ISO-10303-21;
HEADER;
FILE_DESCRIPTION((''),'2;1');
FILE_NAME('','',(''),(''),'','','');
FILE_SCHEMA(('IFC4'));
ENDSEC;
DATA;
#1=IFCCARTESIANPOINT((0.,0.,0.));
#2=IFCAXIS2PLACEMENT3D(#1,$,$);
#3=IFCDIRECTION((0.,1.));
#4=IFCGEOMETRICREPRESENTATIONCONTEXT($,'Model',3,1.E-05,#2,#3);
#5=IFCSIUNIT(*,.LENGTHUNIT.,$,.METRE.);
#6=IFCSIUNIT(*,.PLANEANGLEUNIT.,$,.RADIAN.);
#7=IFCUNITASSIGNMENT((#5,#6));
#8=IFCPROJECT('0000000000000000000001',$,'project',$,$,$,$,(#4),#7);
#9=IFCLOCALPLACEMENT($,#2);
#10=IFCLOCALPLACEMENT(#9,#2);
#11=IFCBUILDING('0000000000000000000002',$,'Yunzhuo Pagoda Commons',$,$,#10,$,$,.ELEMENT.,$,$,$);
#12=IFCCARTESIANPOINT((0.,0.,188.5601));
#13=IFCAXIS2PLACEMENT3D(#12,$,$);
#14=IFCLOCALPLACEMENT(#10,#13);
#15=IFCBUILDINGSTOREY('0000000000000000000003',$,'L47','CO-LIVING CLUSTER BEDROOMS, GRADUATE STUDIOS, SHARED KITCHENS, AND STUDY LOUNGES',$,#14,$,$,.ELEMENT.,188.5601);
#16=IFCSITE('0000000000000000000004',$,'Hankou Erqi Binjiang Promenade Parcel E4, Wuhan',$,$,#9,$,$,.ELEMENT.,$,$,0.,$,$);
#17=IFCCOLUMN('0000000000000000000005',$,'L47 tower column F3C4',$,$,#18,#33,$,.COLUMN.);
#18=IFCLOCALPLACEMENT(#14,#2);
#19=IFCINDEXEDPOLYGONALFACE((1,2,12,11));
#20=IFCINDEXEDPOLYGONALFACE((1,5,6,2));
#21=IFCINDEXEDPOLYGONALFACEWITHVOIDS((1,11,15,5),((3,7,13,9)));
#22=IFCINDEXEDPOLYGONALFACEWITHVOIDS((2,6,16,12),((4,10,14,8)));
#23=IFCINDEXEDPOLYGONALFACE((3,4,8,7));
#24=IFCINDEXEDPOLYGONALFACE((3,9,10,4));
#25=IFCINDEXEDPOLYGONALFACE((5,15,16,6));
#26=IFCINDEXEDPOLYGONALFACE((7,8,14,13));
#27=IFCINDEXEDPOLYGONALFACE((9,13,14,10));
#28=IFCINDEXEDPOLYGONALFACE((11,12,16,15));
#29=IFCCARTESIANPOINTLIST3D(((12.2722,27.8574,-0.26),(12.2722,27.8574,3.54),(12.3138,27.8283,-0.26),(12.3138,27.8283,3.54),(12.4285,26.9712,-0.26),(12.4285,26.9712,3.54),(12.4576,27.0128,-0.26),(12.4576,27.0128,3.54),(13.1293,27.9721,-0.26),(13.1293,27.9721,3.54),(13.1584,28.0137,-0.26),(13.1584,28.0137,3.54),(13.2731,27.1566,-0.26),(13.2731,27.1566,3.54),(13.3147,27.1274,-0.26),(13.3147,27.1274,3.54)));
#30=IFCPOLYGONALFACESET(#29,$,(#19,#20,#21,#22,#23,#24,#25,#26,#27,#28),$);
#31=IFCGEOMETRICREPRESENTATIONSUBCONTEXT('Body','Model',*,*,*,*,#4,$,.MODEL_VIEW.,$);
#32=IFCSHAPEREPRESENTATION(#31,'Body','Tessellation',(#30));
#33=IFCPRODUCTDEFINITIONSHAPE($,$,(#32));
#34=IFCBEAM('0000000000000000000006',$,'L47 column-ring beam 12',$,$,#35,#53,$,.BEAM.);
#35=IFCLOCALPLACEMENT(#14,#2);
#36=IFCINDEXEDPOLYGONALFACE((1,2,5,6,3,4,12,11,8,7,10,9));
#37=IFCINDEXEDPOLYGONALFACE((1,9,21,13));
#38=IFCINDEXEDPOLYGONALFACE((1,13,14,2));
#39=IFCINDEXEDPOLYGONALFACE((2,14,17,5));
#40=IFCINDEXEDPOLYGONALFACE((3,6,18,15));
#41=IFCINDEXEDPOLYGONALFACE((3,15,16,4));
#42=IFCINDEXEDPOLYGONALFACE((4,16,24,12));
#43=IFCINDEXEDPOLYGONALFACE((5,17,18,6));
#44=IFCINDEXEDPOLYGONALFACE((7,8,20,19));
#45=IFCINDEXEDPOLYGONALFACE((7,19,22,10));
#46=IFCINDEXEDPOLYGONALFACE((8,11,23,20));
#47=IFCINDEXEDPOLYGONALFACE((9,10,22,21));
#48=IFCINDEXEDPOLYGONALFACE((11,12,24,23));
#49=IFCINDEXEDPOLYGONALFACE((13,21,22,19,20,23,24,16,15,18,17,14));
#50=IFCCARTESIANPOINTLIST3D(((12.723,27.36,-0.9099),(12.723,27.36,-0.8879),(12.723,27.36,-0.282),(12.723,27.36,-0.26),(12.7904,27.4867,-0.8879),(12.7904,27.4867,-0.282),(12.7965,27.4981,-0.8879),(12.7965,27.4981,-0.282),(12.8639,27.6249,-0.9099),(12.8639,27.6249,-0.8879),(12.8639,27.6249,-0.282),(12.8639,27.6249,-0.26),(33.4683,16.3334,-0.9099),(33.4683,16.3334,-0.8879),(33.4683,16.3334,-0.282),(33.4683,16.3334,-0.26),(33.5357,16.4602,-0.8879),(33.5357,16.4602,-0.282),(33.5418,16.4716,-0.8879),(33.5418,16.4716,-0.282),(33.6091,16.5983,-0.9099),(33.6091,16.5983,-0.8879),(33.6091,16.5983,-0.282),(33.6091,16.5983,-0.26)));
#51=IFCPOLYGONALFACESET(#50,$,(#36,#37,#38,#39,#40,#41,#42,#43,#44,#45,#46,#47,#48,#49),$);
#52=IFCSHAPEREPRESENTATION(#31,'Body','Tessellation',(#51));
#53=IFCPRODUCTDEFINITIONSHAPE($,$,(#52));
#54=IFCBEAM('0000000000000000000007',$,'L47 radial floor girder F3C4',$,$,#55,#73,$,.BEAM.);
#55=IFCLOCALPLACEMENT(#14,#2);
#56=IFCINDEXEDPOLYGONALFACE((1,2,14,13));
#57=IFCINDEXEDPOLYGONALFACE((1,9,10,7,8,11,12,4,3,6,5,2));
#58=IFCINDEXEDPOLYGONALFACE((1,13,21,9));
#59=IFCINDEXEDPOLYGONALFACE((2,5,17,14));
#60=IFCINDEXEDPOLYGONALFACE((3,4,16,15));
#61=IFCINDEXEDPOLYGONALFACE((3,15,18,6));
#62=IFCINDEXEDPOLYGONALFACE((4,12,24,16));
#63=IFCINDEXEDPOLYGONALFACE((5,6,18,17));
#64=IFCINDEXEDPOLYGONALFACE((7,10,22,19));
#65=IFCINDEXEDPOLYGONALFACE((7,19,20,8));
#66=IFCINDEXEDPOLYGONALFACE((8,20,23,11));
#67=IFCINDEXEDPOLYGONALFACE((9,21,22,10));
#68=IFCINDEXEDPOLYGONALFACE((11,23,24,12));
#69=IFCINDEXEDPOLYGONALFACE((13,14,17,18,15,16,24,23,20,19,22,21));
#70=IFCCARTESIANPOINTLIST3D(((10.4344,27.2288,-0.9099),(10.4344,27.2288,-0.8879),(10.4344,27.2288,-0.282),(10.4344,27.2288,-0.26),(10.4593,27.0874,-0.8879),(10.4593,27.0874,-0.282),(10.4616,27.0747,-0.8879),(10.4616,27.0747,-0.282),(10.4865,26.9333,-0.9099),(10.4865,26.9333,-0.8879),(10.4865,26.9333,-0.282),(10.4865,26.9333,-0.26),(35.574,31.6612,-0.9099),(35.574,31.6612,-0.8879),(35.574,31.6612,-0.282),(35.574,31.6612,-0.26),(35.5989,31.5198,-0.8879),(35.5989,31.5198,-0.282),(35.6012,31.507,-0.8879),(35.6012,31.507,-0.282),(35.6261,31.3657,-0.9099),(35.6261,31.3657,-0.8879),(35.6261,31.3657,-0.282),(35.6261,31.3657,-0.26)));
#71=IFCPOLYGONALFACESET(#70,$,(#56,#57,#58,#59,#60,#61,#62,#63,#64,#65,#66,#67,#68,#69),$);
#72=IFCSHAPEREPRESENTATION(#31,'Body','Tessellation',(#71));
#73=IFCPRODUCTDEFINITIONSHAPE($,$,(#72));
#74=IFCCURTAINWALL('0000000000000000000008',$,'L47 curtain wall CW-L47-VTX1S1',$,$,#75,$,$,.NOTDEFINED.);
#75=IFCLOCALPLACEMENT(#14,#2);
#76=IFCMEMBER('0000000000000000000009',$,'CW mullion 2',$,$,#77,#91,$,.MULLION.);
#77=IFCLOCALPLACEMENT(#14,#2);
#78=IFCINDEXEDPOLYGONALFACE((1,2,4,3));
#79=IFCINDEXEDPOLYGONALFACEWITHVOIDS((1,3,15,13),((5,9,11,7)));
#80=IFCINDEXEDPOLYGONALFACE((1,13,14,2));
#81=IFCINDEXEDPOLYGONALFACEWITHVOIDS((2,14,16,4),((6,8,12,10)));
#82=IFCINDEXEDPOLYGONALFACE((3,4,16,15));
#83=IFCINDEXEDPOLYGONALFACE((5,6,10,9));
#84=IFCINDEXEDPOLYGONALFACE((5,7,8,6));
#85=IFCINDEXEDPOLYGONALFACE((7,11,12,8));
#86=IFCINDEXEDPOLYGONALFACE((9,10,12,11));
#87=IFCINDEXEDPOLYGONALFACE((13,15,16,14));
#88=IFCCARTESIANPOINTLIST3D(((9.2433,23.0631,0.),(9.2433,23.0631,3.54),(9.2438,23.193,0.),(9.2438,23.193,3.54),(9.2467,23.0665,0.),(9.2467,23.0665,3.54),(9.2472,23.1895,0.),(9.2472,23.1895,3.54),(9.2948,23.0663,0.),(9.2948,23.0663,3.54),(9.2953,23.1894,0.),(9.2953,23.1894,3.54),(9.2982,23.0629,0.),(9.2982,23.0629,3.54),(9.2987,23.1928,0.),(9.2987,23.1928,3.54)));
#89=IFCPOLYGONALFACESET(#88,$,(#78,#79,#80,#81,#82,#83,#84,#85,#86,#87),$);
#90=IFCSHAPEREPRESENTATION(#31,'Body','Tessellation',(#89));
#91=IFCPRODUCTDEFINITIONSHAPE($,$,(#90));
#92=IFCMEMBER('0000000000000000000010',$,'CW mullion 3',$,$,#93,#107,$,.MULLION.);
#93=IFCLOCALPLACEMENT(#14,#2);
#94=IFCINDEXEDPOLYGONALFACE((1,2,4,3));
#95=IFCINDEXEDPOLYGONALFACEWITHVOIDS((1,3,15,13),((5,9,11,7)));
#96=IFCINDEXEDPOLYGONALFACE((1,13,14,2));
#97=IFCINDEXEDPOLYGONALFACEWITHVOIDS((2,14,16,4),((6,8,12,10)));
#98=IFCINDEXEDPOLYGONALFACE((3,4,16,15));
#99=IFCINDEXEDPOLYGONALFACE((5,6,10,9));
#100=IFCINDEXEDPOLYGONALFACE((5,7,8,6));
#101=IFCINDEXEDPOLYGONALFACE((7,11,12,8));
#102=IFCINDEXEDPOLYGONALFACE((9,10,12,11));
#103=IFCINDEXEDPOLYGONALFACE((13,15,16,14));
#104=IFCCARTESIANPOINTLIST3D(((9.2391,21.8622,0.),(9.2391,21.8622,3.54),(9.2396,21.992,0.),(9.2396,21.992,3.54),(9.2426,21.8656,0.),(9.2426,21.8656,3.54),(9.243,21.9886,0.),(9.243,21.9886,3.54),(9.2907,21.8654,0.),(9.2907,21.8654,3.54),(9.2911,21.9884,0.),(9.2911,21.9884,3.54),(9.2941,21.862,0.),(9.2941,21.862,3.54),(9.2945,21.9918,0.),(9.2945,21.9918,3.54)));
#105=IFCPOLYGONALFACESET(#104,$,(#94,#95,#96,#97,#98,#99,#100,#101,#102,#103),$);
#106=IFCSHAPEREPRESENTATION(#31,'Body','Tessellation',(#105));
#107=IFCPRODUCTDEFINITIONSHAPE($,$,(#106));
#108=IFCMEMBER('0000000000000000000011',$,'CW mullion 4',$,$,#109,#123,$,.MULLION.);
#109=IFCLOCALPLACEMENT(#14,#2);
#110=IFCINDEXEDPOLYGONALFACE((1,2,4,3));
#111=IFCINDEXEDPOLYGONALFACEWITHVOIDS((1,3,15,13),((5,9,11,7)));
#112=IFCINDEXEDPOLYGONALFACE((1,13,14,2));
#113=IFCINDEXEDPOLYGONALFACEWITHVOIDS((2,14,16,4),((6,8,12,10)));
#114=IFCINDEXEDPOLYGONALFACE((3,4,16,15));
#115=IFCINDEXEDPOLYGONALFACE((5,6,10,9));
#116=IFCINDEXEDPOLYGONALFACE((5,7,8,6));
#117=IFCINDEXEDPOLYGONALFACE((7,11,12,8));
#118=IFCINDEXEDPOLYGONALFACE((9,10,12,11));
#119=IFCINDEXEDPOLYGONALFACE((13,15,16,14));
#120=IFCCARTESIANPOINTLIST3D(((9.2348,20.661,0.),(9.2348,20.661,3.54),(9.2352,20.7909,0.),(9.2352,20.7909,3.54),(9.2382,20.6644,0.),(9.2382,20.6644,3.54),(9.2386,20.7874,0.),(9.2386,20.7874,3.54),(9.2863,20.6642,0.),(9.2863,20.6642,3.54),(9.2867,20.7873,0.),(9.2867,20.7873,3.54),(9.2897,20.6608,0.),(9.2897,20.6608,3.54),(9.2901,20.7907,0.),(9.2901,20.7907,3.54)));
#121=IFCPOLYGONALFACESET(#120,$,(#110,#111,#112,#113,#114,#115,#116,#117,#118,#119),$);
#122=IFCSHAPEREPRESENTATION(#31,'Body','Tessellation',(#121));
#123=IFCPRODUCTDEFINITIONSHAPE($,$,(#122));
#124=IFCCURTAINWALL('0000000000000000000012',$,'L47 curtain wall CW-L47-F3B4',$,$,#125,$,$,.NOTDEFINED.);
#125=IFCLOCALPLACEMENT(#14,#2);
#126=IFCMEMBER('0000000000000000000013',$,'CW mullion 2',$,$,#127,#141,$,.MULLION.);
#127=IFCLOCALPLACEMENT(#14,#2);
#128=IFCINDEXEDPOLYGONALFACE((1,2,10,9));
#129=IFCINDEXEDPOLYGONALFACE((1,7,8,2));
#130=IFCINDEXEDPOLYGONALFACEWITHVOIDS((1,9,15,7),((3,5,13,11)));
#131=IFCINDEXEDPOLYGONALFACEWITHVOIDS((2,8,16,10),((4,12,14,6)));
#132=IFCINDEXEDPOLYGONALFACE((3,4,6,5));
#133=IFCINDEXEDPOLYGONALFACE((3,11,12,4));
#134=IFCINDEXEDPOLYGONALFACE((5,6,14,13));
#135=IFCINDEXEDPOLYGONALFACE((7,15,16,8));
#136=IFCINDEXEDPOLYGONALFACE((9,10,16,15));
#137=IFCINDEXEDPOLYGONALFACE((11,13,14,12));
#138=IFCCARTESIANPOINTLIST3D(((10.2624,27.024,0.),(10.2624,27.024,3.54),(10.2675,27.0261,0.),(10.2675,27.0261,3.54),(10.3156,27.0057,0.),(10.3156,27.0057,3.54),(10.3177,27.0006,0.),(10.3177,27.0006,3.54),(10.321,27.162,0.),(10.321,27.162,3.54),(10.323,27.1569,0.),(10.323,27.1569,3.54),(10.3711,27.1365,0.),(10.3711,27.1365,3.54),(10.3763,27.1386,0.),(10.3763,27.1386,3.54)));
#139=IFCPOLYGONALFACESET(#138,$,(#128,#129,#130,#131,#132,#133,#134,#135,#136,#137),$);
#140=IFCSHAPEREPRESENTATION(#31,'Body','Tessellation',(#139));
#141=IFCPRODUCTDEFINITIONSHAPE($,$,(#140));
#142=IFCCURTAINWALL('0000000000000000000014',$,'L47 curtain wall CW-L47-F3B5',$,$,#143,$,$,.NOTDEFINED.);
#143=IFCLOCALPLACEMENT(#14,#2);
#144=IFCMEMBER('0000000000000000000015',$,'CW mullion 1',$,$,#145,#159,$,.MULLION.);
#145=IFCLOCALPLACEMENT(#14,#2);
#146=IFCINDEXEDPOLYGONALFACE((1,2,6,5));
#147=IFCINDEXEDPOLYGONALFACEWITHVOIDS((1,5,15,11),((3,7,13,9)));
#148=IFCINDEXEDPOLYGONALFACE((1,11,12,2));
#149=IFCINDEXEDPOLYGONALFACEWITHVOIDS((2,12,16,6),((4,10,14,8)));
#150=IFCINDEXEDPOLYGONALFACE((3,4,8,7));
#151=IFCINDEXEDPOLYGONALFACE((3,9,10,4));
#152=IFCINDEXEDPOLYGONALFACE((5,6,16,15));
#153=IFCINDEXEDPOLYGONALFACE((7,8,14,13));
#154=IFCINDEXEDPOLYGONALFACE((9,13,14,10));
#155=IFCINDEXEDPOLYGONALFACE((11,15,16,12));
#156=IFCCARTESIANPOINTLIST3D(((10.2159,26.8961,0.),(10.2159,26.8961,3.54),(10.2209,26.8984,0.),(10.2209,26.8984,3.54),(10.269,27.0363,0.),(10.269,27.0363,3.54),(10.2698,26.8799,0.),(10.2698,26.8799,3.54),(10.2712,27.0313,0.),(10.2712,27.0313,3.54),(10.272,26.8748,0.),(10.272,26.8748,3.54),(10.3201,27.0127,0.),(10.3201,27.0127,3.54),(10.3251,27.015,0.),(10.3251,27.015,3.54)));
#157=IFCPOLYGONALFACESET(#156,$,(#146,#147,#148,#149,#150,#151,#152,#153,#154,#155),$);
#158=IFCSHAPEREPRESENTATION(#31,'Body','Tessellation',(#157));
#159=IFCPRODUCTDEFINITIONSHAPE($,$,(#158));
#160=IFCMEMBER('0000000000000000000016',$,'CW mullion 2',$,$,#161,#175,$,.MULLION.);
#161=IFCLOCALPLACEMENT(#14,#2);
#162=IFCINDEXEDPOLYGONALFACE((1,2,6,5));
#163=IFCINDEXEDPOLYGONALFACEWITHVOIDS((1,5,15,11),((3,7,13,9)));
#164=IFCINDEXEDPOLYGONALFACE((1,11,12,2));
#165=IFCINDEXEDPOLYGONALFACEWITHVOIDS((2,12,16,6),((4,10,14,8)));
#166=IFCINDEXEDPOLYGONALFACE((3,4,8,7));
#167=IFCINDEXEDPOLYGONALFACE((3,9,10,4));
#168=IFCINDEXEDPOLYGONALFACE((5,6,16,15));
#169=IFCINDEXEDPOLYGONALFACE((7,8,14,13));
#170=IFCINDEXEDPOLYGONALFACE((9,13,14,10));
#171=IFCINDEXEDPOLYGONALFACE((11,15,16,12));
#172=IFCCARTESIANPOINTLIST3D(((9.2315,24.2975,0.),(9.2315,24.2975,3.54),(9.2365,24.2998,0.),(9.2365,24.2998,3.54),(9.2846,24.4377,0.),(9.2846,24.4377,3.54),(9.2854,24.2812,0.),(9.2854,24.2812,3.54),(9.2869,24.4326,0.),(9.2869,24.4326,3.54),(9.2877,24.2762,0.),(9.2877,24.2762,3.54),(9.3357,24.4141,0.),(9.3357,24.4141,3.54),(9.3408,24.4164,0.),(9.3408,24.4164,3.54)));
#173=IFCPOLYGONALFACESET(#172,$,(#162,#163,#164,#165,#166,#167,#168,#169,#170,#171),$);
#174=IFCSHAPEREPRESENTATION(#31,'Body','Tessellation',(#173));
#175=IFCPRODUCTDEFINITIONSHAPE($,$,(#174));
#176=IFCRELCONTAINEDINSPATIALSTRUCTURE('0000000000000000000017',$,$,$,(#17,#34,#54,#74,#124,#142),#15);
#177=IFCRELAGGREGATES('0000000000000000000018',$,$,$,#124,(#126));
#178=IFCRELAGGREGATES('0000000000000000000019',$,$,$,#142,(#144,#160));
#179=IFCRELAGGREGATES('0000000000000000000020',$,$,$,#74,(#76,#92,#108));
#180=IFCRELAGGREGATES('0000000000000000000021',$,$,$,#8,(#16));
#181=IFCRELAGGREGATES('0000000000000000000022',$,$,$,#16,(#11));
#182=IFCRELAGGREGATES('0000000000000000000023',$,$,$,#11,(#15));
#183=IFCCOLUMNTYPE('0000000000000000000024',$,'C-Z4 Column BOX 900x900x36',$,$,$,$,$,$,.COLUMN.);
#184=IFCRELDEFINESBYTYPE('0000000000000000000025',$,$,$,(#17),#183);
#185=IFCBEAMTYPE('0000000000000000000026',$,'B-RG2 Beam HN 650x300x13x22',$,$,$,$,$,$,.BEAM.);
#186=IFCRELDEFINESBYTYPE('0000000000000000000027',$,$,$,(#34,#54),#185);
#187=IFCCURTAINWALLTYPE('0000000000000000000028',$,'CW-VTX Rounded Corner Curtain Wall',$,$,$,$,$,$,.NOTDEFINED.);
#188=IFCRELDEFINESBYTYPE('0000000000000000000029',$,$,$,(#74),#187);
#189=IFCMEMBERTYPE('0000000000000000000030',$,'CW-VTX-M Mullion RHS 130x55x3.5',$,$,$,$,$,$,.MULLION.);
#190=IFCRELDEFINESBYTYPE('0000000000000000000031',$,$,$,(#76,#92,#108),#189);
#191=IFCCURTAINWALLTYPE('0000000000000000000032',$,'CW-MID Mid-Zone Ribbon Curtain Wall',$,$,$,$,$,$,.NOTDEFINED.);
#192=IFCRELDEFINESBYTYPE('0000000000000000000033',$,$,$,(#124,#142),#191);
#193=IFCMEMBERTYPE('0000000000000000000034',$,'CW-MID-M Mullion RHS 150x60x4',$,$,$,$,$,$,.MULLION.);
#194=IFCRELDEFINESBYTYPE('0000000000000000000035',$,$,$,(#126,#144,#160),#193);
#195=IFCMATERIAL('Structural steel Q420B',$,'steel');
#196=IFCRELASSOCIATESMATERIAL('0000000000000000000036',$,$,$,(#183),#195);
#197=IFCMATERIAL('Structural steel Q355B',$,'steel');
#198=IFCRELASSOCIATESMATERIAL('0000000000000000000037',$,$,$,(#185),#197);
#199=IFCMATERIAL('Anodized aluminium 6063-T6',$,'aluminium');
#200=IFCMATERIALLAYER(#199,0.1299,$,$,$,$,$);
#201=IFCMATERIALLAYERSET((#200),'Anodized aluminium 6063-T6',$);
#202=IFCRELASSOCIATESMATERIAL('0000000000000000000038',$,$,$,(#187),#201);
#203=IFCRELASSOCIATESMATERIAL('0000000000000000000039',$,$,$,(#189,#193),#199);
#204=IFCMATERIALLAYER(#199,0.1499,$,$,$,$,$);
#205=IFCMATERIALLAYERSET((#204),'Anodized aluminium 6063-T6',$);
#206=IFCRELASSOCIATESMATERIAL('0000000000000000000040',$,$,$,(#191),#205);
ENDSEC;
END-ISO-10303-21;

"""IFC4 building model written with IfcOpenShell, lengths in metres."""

from ifc_helpers import new_model, si_unit, direction, frame, origin, origin_2d, place, context, subcontext, project, spatial, hollow_rectangle, i_section, extrude, source, transform, mapped, material, layer, layer_set, material_profile, profile_set, type_object, element, aggregate, save


model = new_model("IFC4")

# Units and contexts
model_context = context("Model", 3, precision=1e-05, world=origin(), true_north=direction((0.0, 1.0)))
body_context = subcontext(model_context, "Body", "Model", "MODEL_VIEW")
ifc_project = project(units=[si_unit("LENGTHUNIT", "METRE"), si_unit("PLANEANGLEUNIT", "RADIAN")], contexts=[model_context])

# Site, building, storey
site_placement = place(None, origin())
site = spatial("IfcSite", under=ifc_project, at=site_placement, Name="Hankou Erqi Binjiang Promenade Parcel E4, Wuhan", CompositionType="ELEMENT", RefElevation=0.0)
building_placement = place(site_placement, origin())
building = spatial("IfcBuilding", under=site, at=building_placement, Name="Yunzhuo Pagoda Commons", CompositionType="ELEMENT")
storey_placement = place(building_placement, frame((0.0, 0.0, 188.5601)))
storey = spatial("IfcBuildingStorey", under=building, at=storey_placement, Name="L47", Description="CO-LIVING CLUSTER BEDROOMS, GRADUATE STUDIOS, SHARED KITCHENS, AND STUDY LOUNGES", CompositionType="ELEMENT", Elevation=188.5601)

# Column
ifc_material_1 = material(Name="Structural steel Q420B", Category="steel")
ifc_material_profile_1 = material_profile(ifc_material_1, hollow_rectangle(XDim=0.8999, YDim=0.8999, WallThickness=0.0359, at=origin_2d()), Name="Structural steel Q420B")
ifc_profile_set_1 = profile_set([ifc_material_profile_1], Name="Structural steel Q420B")
column_type = type_object("IfcColumnType", Name="C-Z4 Column BOX 900x900x36", PredefinedType="COLUMN", material=ifc_profile_set_1)
shared_shape_1 = source(origin(), body_context, "Body", "SweptSolid", [
    extrude(hollow_rectangle(XDim=0.8999, YDim=0.8999, WallThickness=0.0359, at=origin_2d()), origin(), (0.0, 0.0, 1.0), 3.8),
])
column_placement = place(storey_placement, frame((12.7935, 27.4924, -0.26), z_axis=(0.0, 0.0, 1.0), x_axis=(0.173648, -0.984808, 0.0)))
element("IfcColumn", 1, at=column_placement, inside=storey, type_object=column_type, Name="L47 tower column F3C4", PredefinedType="COLUMN", context=body_context, shape_type="MappedRepresentation", body=[
    mapped(shared_shape_1, transform((0.0, 0.0, 0.0), scale=1.0)),
])

# Beams
ifc_material_2 = material(Name="Structural steel Q355B", Category="steel")
ifc_material_profile_2 = material_profile(ifc_material_2, i_section(OverallWidth=0.3, OverallDepth=0.6499, WebThickness=0.0129, FlangeThickness=0.022, at=origin_2d()), Name="Structural steel Q355B")
ifc_profile_set_2 = profile_set([ifc_material_profile_2], Name="Structural steel Q355B")
beam_type = type_object("IfcBeamType", Name="B-RG2 Beam HN 650x300x13x22", PredefinedType="BEAM", material=ifc_profile_set_2)
shared_shape_2 = source(origin(), body_context, "Body", "SweptSolid", [
    extrude(i_section(OverallWidth=0.3, OverallDepth=0.6499, WebThickness=0.0129, FlangeThickness=0.022, at=origin_2d()), origin(), (0.0, 0.0, 1.0), 23.4937),
])
beam_1_placement = place(storey_placement, frame((12.7935, 27.4924, -0.585), z_axis=(0.883016, -0.469342, 0.0), x_axis=(0.469342, 0.883016, 0.0)))
element("IfcBeam", 2, at=beam_1_placement, inside=storey, type_object=beam_type, Name="L47 column-ring beam 12", PredefinedType="BEAM", context=body_context, shape_type="MappedRepresentation", body=[
    mapped(shared_shape_2, transform((0.0, 0.0, 0.0), scale=1.0)),
])
shared_shape_3 = source(origin(), body_context, "Body", "SweptSolid", [
    extrude(i_section(OverallWidth=0.3, OverallDepth=0.6499, WebThickness=0.0129, FlangeThickness=0.022, at=origin_2d()), origin(), (0.0, 0.0, 1.0), 25.5273),
])
beam_2_placement = place(storey_placement, frame((10.4604, 27.0811, -0.585), z_axis=(0.984811, 0.173632, 0.0), x_axis=(-0.173632, 0.984811, 0.0)))
element("IfcBeam", 3, at=beam_2_placement, inside=storey, type_object=beam_type, Name="L47 radial floor girder F3C4", PredefinedType="BEAM", context=body_context, shape_type="MappedRepresentation", body=[
    mapped(shared_shape_3, transform((0.0, 0.0, 0.0), scale=1.0)),
])

# Curtain wall, members
ifc_material_3 = material(Name="Anodized aluminium 6063-T6", Category="aluminium")
ifc_layer_1 = layer(ifc_material_3, 0.1299)
ifc_layer_set_1 = layer_set([ifc_layer_1], Name="Anodized aluminium 6063-T6")
curtain_wall_type_1 = type_object("IfcCurtainWallType", Name="CW-VTX Rounded Corner Curtain Wall", PredefinedType="NOTDEFINED", material=ifc_layer_set_1)
curtain_wall_1_placement = place(storey_placement, origin())
curtain_wall_1 = element("IfcCurtainWall", 4, at=curtain_wall_1_placement, inside=storey, type_object=curtain_wall_type_1, Name="L47 curtain wall CW-L47-VTX1S1", PredefinedType="NOTDEFINED")
ifc_material_profile_3 = material_profile(ifc_material_3, hollow_rectangle(XDim=0.0549, YDim=0.1299, WallThickness=0.0034, at=origin_2d()), Name="Anodized aluminium 6063-T6")
ifc_profile_set_3 = profile_set([ifc_material_profile_3], Name="Anodized aluminium 6063-T6")
member_type_1 = type_object("IfcMemberType", Name="CW-VTX-M Mullion RHS 130x55x3.5", PredefinedType="MULLION", material=ifc_profile_set_3)
shared_shape_4 = source(origin(), body_context, "Body", "SweptSolid", [
    extrude(hollow_rectangle(XDim=0.0549, YDim=0.1299, WallThickness=0.0034, at=origin_2d()), origin(), (0.0, 0.0, 1.0), 3.54),
])
member_1_placement = place(storey_placement, frame((9.271, 23.1279, 0.0), z_axis=(0.0, 0.0, 1.0), x_axis=(0.999994, -0.00358, 0.0)))
member_1 = element("IfcMember", 5, at=member_1_placement, type_object=member_type_1, Name="CW mullion 2", PredefinedType="MULLION", context=body_context, shape_type="MappedRepresentation", body=[
    mapped(shared_shape_4, transform((0.0, 0.0, 0.0), scale=1.0)),
])
member_2_placement = place(storey_placement, frame((9.2668, 21.927, 0.0), z_axis=(0.0, 0.0, 1.0), x_axis=(0.999994, -0.00358, 0.0)))
member_2 = element("IfcMember", 6, at=member_2_placement, type_object=member_type_1, Name="CW mullion 3", PredefinedType="MULLION", context=body_context, shape_type="MappedRepresentation", body=[
    mapped(shared_shape_4, transform((0.0, 0.0, 0.0), scale=1.0)),
])
member_3_placement = place(storey_placement, frame((9.2625, 20.7258, 0.0), z_axis=(0.0, 0.0, 1.0), x_axis=(0.999994, -0.00358, 0.0)))
member_3 = element("IfcMember", 7, at=member_3_placement, type_object=member_type_1, Name="CW mullion 4", PredefinedType="MULLION", context=body_context, shape_type="MappedRepresentation", body=[
    mapped(shared_shape_4, transform((0.0, 0.0, 0.0), scale=1.0)),
])

# Curtain wall, member
ifc_layer_2 = layer(ifc_material_3, 0.1499)
ifc_layer_set_2 = layer_set([ifc_layer_2], Name="Anodized aluminium 6063-T6")
curtain_wall_type_2 = type_object("IfcCurtainWallType", Name="CW-MID Mid-Zone Ribbon Curtain Wall", PredefinedType="NOTDEFINED", material=ifc_layer_set_2)
curtain_wall_2_placement = place(storey_placement, origin())
curtain_wall_2 = element("IfcCurtainWall", 8, at=curtain_wall_2_placement, inside=storey, type_object=curtain_wall_type_2, Name="L47 curtain wall CW-L47-F3B4", PredefinedType="NOTDEFINED")
ifc_material_profile_4 = material_profile(ifc_material_3, hollow_rectangle(XDim=0.0601, YDim=0.1499, WallThickness=0.0039, at=origin_2d()), Name="Anodized aluminium 6063-T6")
ifc_profile_set_4 = profile_set([ifc_material_profile_4], Name="Anodized aluminium 6063-T6")
member_type_2 = type_object("IfcMemberType", Name="CW-MID-M Mullion RHS 150x60x4", PredefinedType="MULLION", material=ifc_profile_set_4)
shared_shape_5 = source(origin(), body_context, "Body", "SweptSolid", [
    extrude(hollow_rectangle(XDim=0.0601, YDim=0.1499, WallThickness=0.0039, at=origin_2d()), origin(), (0.0, 0.0, 1.0), 3.54),
])
member_4_placement = place(storey_placement, frame((10.3193, 27.0813, 0.0), z_axis=(0.0, 0.0, 1.0), x_axis=(0.920515, -0.390706, 0.0)))
member_4 = element("IfcMember", 9, at=member_4_placement, type_object=member_type_2, Name="CW mullion 2", PredefinedType="MULLION", context=body_context, shape_type="MappedRepresentation", body=[
    mapped(shared_shape_5, transform((0.0, 0.0, 0.0), scale=1.0)),
])

# Curtain wall, members
curtain_wall_3_placement = place(storey_placement, origin())
curtain_wall_3 = element("IfcCurtainWall", 10, at=curtain_wall_3_placement, inside=storey, type_object=curtain_wall_type_2, Name="L47 curtain wall CW-L47-F3B5", PredefinedType="NOTDEFINED")
member_5_placement = place(storey_placement, frame((10.2705, 26.9556, 0.0), z_axis=(0.0, 0.0, 1.0), x_axis=(0.935148, -0.354256, 0.0)))
member_5 = element("IfcMember", 11, at=member_5_placement, type_object=member_type_2, Name="CW mullion 1", PredefinedType="MULLION", context=body_context, shape_type="MappedRepresentation", body=[
    mapped(shared_shape_5, transform((0.0, 0.0, 0.0), scale=1.0)),
])
member_6_placement = place(storey_placement, frame((9.2861, 24.3569, 0.0), z_axis=(0.0, 0.0, 1.0), x_axis=(0.935148, -0.354256, 0.0)))
member_6 = element("IfcMember", 12, at=member_6_placement, type_object=member_type_2, Name="CW mullion 2", PredefinedType="MULLION", context=body_context, shape_type="MappedRepresentation", body=[
    mapped(shared_shape_5, transform((0.0, 0.0, 0.0), scale=1.0)),
])

aggregate(curtain_wall_2, [member_4])
aggregate(curtain_wall_3, [member_5, member_6])
aggregate(curtain_wall_1, [member_1, member_2, member_3])

save(model, "model.ifc")
